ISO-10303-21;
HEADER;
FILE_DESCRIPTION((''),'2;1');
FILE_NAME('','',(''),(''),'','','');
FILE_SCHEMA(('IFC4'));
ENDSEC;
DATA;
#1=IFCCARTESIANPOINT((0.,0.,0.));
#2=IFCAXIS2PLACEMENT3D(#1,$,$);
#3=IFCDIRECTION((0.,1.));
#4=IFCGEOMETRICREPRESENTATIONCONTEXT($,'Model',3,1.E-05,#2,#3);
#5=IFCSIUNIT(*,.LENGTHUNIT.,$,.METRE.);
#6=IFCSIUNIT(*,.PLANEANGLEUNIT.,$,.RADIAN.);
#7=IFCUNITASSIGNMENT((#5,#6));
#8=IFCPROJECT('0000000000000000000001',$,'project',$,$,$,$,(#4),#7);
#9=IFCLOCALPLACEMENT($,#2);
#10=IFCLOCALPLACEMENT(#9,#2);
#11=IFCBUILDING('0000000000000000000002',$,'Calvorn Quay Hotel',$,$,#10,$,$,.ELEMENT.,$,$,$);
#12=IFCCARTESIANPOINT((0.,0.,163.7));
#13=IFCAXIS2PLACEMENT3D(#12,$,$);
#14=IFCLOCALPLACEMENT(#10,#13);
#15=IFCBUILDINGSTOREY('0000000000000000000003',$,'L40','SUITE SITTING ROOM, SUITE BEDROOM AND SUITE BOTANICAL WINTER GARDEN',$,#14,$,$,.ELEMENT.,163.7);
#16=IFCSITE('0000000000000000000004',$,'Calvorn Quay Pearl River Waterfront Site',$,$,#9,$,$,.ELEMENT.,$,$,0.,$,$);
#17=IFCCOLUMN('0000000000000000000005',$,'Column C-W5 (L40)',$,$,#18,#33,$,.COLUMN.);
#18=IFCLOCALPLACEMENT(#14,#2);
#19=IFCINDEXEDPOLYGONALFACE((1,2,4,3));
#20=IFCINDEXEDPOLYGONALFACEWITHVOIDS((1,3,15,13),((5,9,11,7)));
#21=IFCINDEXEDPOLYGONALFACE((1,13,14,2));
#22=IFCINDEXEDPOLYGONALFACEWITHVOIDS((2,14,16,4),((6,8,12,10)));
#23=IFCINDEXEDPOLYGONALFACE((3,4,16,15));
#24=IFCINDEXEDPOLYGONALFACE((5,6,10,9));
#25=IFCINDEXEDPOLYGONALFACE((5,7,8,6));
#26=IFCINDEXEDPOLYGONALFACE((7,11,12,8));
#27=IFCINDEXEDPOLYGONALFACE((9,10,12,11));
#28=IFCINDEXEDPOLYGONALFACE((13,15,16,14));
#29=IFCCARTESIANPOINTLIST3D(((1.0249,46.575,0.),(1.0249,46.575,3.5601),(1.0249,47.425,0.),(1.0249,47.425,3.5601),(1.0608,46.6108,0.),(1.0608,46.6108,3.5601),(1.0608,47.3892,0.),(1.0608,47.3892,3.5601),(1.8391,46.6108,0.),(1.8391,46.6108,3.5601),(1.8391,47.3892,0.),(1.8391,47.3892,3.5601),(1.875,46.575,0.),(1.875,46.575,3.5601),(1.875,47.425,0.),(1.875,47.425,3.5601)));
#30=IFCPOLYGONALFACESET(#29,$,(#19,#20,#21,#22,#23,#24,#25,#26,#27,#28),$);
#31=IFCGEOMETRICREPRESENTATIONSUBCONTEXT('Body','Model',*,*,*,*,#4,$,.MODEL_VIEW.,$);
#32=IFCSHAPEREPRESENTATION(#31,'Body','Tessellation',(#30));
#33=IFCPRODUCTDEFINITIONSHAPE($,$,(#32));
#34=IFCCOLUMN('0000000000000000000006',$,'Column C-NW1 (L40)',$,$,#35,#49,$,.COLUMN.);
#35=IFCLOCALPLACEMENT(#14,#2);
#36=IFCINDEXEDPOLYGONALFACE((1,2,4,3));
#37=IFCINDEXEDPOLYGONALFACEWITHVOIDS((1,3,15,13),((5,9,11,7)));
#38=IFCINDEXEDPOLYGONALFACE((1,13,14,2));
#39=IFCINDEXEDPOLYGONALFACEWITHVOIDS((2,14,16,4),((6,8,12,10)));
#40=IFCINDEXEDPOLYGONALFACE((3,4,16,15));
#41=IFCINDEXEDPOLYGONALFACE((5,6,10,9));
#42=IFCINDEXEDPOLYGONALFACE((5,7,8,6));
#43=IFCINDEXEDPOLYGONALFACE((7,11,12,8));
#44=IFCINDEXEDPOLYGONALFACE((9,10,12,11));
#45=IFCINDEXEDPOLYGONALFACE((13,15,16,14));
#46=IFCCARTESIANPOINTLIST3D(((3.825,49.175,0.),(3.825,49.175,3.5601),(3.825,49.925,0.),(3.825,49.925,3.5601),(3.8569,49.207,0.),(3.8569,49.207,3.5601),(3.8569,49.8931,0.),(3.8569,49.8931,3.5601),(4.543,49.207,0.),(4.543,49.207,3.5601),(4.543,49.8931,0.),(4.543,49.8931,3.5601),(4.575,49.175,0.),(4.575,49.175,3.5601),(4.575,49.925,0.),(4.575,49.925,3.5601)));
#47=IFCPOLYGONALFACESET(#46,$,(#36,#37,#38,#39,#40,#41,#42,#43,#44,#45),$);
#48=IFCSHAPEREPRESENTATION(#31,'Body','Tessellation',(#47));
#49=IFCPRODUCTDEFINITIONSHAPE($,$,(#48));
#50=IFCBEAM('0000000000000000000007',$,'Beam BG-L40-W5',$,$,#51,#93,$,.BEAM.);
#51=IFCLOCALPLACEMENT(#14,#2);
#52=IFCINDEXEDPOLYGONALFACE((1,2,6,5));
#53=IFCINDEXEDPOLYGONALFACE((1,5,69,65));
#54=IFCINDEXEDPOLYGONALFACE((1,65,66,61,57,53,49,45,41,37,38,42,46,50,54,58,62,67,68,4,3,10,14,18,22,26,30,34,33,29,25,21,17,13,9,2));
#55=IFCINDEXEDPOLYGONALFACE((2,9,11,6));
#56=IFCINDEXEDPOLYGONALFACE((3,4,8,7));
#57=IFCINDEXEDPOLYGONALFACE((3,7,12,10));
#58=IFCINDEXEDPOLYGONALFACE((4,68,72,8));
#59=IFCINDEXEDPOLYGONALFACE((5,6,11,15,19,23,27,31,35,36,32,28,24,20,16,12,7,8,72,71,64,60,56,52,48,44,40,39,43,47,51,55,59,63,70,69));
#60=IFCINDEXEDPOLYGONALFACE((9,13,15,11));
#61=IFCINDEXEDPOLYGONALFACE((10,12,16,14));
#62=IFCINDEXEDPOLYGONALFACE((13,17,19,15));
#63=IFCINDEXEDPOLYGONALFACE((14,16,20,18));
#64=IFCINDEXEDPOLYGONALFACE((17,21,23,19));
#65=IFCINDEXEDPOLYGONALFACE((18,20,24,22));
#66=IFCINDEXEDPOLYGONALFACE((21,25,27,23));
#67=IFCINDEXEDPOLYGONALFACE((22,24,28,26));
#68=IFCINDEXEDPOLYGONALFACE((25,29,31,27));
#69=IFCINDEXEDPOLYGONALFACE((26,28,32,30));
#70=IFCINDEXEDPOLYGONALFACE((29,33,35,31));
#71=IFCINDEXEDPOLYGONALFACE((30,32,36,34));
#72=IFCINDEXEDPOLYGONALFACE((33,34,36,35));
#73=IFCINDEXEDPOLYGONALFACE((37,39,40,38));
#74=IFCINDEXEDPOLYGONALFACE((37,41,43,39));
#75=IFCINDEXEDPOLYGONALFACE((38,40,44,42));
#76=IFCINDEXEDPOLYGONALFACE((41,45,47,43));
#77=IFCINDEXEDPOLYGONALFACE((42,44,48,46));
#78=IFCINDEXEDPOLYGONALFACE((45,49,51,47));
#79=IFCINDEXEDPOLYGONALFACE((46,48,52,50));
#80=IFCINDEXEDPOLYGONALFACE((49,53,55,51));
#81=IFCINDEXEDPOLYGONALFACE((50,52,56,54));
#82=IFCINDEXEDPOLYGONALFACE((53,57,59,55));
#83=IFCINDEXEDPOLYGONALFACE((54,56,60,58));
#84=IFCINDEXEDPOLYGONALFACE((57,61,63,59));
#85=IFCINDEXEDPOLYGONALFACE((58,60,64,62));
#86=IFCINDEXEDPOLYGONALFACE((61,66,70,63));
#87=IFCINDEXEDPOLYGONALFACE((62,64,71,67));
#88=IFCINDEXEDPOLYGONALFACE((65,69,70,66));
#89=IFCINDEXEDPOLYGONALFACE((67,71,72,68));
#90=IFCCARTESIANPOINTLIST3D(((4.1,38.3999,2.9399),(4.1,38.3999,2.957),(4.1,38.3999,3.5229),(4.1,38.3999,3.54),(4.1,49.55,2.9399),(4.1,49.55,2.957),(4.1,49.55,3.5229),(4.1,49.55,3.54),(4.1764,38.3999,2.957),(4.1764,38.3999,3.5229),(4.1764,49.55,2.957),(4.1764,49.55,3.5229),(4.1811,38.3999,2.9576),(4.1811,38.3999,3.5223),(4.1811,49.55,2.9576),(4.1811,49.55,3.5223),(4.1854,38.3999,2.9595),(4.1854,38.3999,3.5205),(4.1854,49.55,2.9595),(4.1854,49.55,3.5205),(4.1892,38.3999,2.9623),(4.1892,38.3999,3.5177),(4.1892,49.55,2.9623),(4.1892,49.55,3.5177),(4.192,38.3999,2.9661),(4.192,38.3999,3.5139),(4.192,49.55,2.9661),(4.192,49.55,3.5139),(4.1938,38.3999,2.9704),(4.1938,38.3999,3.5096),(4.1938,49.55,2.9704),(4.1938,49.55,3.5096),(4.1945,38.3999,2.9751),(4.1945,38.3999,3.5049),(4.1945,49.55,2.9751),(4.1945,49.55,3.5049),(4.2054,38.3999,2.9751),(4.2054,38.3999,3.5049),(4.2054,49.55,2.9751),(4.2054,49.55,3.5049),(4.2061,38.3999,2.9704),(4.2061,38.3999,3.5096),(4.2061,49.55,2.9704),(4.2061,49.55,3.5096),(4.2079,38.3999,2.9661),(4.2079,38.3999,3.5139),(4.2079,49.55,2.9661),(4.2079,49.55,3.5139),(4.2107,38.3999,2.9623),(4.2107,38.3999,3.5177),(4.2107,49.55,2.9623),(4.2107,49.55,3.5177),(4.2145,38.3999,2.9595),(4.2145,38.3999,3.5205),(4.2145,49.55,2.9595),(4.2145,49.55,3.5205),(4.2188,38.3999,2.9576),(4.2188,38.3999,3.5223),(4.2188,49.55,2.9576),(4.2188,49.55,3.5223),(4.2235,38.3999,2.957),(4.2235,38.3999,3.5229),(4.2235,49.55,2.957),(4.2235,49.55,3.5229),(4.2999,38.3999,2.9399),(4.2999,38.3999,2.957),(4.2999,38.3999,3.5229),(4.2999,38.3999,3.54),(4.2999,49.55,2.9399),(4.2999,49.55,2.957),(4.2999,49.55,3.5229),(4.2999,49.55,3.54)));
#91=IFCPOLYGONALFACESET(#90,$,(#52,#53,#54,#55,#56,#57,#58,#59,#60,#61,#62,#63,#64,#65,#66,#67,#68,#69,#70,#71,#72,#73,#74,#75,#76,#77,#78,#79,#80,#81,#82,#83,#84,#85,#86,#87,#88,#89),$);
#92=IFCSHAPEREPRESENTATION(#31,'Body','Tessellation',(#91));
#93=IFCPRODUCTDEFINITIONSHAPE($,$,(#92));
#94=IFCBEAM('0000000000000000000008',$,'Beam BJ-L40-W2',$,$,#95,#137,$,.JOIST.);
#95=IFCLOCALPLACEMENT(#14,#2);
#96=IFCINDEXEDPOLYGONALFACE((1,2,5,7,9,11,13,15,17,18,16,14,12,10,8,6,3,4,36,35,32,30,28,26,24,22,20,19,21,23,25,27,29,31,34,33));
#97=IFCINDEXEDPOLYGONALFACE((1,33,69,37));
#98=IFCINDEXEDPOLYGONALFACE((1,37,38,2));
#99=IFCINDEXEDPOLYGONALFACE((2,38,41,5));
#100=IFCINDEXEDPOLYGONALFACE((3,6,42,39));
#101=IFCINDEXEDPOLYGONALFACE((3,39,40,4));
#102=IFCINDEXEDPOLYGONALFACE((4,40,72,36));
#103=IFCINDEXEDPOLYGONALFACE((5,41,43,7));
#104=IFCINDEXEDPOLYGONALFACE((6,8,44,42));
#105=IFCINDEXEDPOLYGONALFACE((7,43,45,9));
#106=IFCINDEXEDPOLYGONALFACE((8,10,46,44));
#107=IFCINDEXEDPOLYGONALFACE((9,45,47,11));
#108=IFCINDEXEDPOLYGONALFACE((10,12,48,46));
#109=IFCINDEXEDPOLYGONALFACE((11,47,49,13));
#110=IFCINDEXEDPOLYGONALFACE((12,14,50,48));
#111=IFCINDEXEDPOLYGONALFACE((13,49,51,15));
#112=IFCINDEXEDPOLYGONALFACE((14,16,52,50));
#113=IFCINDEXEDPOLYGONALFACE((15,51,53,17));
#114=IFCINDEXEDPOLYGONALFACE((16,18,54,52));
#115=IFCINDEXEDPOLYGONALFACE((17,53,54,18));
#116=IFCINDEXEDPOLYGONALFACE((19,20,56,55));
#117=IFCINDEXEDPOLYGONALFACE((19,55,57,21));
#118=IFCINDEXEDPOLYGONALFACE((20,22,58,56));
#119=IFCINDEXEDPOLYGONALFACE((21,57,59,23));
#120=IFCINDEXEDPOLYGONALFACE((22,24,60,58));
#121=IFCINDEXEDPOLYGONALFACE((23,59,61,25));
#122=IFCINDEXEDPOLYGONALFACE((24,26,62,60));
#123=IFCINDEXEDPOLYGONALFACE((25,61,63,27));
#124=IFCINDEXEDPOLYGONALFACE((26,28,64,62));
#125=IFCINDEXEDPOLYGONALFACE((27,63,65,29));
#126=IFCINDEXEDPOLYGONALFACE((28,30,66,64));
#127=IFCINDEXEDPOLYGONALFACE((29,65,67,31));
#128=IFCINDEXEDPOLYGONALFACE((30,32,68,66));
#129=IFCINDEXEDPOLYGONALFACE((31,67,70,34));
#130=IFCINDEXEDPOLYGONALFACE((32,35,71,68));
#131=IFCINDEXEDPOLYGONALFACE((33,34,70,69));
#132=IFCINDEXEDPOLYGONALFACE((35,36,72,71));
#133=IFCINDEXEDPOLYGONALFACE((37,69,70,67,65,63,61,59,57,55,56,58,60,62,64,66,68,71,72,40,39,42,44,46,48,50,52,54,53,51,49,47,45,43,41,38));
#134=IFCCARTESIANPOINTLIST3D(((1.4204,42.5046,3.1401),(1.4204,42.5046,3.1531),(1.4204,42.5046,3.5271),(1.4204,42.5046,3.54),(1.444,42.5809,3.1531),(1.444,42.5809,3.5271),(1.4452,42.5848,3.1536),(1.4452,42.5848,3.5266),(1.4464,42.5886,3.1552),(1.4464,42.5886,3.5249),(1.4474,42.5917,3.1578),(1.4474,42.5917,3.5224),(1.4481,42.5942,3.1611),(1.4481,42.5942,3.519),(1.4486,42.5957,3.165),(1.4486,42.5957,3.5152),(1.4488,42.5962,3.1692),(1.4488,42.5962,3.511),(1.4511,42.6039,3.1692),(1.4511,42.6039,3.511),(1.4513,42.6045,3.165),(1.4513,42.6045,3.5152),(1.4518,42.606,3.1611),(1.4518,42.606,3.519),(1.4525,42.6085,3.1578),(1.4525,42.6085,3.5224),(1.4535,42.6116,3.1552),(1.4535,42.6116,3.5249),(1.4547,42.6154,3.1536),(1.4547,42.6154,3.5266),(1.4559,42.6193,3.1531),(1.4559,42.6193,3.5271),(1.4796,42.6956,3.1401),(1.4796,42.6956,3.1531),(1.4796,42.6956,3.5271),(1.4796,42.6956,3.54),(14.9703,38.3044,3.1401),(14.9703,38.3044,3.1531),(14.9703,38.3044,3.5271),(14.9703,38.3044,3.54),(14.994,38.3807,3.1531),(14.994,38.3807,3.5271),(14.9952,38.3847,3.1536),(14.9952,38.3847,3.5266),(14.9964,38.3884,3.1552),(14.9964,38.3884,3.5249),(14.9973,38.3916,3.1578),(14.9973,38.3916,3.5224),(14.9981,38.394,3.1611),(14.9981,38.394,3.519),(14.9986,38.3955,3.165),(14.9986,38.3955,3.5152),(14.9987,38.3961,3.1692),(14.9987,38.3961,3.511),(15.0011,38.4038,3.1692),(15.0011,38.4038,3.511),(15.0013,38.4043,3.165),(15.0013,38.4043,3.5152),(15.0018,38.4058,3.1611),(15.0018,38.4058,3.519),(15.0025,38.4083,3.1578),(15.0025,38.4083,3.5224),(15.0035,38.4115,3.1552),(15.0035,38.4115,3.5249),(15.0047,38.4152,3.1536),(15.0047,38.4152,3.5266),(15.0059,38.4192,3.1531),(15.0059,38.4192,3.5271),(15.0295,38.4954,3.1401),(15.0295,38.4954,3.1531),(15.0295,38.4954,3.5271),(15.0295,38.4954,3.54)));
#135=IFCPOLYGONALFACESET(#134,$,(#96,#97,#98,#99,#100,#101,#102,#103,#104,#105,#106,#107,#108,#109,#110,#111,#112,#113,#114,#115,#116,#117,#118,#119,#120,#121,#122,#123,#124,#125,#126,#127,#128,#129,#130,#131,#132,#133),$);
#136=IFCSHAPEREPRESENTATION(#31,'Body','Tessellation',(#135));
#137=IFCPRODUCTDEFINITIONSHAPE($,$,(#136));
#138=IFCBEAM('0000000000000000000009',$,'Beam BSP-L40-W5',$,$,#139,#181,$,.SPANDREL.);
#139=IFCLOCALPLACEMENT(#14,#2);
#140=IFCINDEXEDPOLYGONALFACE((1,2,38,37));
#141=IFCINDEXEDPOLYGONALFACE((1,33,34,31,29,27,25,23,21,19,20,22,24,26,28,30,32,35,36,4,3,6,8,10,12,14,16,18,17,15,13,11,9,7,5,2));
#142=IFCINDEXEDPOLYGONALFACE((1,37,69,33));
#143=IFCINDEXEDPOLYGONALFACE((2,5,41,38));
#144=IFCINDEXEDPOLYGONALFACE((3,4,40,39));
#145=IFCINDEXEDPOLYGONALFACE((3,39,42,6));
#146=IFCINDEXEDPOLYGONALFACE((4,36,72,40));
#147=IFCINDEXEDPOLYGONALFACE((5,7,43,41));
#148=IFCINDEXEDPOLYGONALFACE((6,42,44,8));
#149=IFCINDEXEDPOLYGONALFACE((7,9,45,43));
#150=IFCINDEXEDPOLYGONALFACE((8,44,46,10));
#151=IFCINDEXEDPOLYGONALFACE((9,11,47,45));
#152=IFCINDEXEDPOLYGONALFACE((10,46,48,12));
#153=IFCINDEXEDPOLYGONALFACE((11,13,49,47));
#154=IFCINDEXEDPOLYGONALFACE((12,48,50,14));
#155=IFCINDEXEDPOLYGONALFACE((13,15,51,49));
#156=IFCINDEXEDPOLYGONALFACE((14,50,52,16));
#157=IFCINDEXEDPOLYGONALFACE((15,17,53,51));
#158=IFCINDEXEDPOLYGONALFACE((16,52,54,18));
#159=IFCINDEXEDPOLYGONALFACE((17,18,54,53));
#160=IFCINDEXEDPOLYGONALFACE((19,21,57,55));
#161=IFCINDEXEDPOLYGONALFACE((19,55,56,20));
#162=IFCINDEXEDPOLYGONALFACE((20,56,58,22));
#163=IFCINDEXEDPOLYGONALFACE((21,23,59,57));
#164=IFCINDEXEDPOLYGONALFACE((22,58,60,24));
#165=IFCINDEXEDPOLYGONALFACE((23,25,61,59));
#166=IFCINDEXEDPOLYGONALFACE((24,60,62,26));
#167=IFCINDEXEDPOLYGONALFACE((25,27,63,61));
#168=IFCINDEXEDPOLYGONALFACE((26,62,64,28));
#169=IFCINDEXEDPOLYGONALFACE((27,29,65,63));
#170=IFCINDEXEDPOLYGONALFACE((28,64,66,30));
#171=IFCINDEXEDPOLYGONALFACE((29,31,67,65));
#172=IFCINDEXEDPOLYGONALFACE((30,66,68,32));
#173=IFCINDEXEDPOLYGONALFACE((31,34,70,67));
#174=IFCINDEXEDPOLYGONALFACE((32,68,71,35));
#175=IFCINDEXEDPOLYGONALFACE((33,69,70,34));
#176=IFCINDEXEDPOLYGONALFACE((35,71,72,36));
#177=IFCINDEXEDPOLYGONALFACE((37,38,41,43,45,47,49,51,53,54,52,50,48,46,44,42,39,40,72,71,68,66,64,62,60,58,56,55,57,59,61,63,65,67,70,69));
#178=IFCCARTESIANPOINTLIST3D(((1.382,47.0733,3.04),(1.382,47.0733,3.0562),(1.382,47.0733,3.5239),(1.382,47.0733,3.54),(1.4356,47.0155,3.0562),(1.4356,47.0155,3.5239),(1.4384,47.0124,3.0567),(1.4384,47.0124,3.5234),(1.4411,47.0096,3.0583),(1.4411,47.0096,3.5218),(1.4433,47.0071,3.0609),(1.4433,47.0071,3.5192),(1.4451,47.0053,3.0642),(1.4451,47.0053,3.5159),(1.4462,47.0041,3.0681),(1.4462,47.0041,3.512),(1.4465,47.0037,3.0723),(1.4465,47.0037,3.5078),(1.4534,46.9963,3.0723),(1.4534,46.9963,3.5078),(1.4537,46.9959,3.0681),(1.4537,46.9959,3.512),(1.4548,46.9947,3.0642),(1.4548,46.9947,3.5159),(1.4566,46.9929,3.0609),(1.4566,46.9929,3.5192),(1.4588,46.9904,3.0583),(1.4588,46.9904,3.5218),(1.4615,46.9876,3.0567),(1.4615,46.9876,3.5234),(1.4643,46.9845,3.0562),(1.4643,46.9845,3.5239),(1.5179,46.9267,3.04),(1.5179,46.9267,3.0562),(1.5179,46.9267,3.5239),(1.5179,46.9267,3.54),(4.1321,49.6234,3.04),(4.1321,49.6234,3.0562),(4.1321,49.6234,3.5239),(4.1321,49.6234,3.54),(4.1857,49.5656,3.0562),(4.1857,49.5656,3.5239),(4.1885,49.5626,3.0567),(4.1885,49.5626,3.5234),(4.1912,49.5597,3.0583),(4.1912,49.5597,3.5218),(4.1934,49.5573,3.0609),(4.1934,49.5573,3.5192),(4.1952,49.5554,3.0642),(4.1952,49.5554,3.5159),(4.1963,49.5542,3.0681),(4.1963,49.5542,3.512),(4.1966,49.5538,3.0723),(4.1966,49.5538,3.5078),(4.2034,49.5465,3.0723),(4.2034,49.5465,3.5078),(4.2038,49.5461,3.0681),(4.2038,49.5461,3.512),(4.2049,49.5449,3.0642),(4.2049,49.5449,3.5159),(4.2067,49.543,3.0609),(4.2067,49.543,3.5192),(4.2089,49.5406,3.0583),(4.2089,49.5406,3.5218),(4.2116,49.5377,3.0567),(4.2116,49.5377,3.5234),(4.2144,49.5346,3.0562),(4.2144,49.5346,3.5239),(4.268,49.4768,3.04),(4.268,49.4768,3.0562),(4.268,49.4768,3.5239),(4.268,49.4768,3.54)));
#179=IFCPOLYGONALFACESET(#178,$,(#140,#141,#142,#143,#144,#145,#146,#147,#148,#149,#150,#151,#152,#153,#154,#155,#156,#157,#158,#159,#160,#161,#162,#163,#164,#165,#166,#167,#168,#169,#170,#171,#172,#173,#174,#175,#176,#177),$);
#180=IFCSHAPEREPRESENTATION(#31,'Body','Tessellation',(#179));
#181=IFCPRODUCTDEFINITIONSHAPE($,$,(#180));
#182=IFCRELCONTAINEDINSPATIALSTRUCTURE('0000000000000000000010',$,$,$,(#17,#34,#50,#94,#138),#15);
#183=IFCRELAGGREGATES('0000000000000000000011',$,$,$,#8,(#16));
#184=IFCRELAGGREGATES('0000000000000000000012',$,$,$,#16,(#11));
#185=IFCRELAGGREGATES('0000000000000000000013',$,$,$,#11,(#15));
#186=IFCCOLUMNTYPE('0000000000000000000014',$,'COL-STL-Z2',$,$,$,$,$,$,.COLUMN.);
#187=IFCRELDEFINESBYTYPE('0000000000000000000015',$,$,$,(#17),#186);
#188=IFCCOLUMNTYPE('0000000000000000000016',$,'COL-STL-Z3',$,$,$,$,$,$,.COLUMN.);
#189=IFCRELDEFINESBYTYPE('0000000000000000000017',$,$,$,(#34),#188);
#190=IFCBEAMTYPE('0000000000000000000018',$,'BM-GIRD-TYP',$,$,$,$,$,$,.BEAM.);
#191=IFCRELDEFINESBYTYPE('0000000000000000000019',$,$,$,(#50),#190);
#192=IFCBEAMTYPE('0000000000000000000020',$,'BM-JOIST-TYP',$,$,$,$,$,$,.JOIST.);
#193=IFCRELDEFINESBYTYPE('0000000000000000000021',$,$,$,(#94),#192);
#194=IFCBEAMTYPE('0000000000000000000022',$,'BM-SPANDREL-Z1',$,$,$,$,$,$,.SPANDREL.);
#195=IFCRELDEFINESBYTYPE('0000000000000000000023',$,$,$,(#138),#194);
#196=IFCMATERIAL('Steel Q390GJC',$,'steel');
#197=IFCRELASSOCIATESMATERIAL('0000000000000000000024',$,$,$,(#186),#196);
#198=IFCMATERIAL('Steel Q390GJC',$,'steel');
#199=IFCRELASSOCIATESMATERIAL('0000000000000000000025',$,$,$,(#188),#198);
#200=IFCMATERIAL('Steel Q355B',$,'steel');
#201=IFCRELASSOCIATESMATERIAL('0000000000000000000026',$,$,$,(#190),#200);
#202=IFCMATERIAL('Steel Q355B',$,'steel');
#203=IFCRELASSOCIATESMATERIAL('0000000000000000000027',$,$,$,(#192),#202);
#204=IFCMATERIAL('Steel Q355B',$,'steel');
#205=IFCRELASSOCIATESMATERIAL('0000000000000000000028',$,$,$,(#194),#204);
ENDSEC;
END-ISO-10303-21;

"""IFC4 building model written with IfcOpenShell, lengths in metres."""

from ifc_helpers import new_model, si_unit, direction, frame, origin, origin_2d, place, context, subcontext, project, spatial, hollow_rectangle, i_section, extrude, material, material_profile, profile_set, type_object, element, save


model = new_model("IFC4")

# Units and contexts
model_context = context("Model", 3, precision=1e-05, world=origin(), true_north=direction((0.0, 1.0)))
body_context = subcontext(model_context, "Body", "Model", "MODEL_VIEW")
ifc_project = project(units=[si_unit("LENGTHUNIT", "METRE"), si_unit("PLANEANGLEUNIT", "RADIAN")], contexts=[model_context])

# Site, building, storey
site_placement = place(None, origin())
site = spatial("IfcSite", under=ifc_project, at=site_placement, Name="Calvorn Quay Pearl River Waterfront Site", CompositionType="ELEMENT", RefElevation=0.0)
building_placement = place(site_placement, origin())
building = spatial("IfcBuilding", under=site, at=building_placement, Name="Calvorn Quay Hotel", CompositionType="ELEMENT")
storey_placement = place(building_placement, frame((0.0, 0.0, 163.7)))
storey = spatial("IfcBuildingStorey", under=building, at=storey_placement, Name="L40", Description="SUITE SITTING ROOM, SUITE BEDROOM AND SUITE BOTANICAL WINTER GARDEN", CompositionType="ELEMENT", Elevation=163.7)

# Columns
ifc_material_1 = material(Name="Steel Q390GJC", Category="steel")
ifc_material_profile_1 = material_profile(ifc_material_1, hollow_rectangle(XDim=0.8501, YDim=0.8501, WallThickness=0.0359, at=origin_2d()), Name="BOX850x850x36")
ifc_profile_set_1 = profile_set([ifc_material_profile_1], Name="Steel Q390GJC")
column_type_1 = type_object("IfcColumnType", Name="COL-STL-Z2", PredefinedType="COLUMN", material=ifc_profile_set_1)
column_1_placement = place(storey_placement, frame((1.45, 47.0, 0.0), z_axis=(0.0, 0.0, 1.0), x_axis=(1.0, 0.0, 0.0)))
element("IfcColumn", 1, at=column_1_placement, inside=storey, type_object=column_type_1, Name="Column C-W5 (L40)", PredefinedType="COLUMN", context=body_context, shape_type="SweptSolid", body=[
    extrude(hollow_rectangle(XDim=0.8501, YDim=0.8501, WallThickness=0.0359, at=origin_2d()), origin(), (0.0, 0.0, 1.0), 3.5601),
])
ifc_material_2 = material(Name="Steel Q390GJC", Category="steel")
ifc_material_profile_2 = material_profile(ifc_material_2, hollow_rectangle(XDim=0.75, YDim=0.75, WallThickness=0.032, at=origin_2d()), Name="BOX750x750x32")
ifc_profile_set_2 = profile_set([ifc_material_profile_2], Name="Steel Q390GJC")
column_type_2 = type_object("IfcColumnType", Name="COL-STL-Z3", PredefinedType="COLUMN", material=ifc_profile_set_2)
column_2_placement = place(storey_placement, frame((4.2, 49.55, 0.0), z_axis=(0.0, 0.0, 1.0), x_axis=(1.0, 0.0, 0.0)))
element("IfcColumn", 2, at=column_2_placement, inside=storey, type_object=column_type_2, Name="Column C-NW1 (L40)", PredefinedType="COLUMN", context=body_context, shape_type="SweptSolid", body=[
    extrude(hollow_rectangle(XDim=0.75, YDim=0.75, WallThickness=0.032, at=origin_2d()), origin(), (0.0, 0.0, 1.0), 3.5601),
])

# Beams
ifc_material_3 = material(Name="Steel Q355B", Category="steel")
ifc_material_profile_3 = material_profile(ifc_material_3, i_section(OverallWidth=0.2, OverallDepth=0.6001, WebThickness=0.011, FlangeThickness=0.0171, FilletRadius=0.0181, at=origin_2d()), Name="HN600x200x11x17")
ifc_profile_set_3 = profile_set([ifc_material_profile_3], Name="Steel Q355B")
beam_type_1 = type_object("IfcBeamType", Name="BM-GIRD-TYP", PredefinedType="BEAM", material=ifc_profile_set_3)
beam_1_placement = place(storey_placement, frame((4.2, 49.55, 3.24), z_axis=(0.0, -1.0, 0.0), x_axis=(1.0, 0.0, 0.0)))
element("IfcBeam", 3, at=beam_1_placement, inside=storey, type_object=beam_type_1, Name="Beam BG-L40-W5", PredefinedType="BEAM", context=body_context, shape_type="SweptSolid", body=[
    extrude(i_section(OverallWidth=0.2, OverallDepth=0.6001, WebThickness=0.011, FlangeThickness=0.0171, FilletRadius=0.0181, at=origin_2d()), origin(), (0.0, 0.0, 1.0), 11.1501),
])
ifc_material_4 = material(Name="Steel Q355B", Category="steel")
ifc_material_profile_4 = material_profile(ifc_material_4, i_section(OverallWidth=0.2, OverallDepth=0.3999, WebThickness=0.0081, FlangeThickness=0.0129, FilletRadius=0.0161, at=origin_2d()), Name="HN400x200x8x13")
ifc_profile_set_4 = profile_set([ifc_material_profile_4], Name="Steel Q355B")
beam_type_2 = type_object("IfcBeamType", Name="BM-JOIST-TYP", PredefinedType="JOIST", material=ifc_profile_set_4)
beam_2_placement = place(storey_placement, frame((1.45, 42.6001, 3.3401), z_axis=(0.955164, -0.296078, 0.0), x_axis=(0.296078, 0.955164, 0.0)))
element("IfcBeam", 4, at=beam_2_placement, inside=storey, type_object=beam_type_2, Name="Beam BJ-L40-W2", PredefinedType="JOIST", context=body_context, shape_type="SweptSolid", body=[
    extrude(i_section(OverallWidth=0.2, OverallDepth=0.3999, WebThickness=0.0081, FlangeThickness=0.0129, FilletRadius=0.0161, at=origin_2d()), origin(), (0.0, 0.0, 1.0), 14.186),
])
ifc_material_5 = material(Name="Steel Q355B", Category="steel")
ifc_material_profile_5 = material_profile(ifc_material_5, i_section(OverallWidth=0.2, OverallDepth=0.5, WebThickness=0.01, FlangeThickness=0.0161, FilletRadius=0.0161, at=origin_2d()), Name="HN500x200x10x16")
ifc_profile_set_5 = profile_set([ifc_material_profile_5], Name="Steel Q355B")
beam_type_3 = type_object("IfcBeamType", Name="BM-SPANDREL-Z1", PredefinedType="SPANDREL", material=ifc_profile_set_5)
beam_3_placement = place(storey_placement, frame((1.45, 47.0, 3.29), z_axis=(0.733262, 0.679947, 0.0), x_axis=(-0.679947, 0.733262, 0.0)))
element("IfcBeam", 5, at=beam_3_placement, inside=storey, type_object=beam_type_3, Name="Beam BSP-L40-W5", PredefinedType="SPANDREL", context=body_context, shape_type="SweptSolid", body=[
    extrude(i_section(OverallWidth=0.2, OverallDepth=0.5, WebThickness=0.01, FlangeThickness=0.0161, FilletRadius=0.0161, at=origin_2d()), origin(), (0.0, 0.0, 1.0), 3.7505),
])

save(model, "model.ifc")
